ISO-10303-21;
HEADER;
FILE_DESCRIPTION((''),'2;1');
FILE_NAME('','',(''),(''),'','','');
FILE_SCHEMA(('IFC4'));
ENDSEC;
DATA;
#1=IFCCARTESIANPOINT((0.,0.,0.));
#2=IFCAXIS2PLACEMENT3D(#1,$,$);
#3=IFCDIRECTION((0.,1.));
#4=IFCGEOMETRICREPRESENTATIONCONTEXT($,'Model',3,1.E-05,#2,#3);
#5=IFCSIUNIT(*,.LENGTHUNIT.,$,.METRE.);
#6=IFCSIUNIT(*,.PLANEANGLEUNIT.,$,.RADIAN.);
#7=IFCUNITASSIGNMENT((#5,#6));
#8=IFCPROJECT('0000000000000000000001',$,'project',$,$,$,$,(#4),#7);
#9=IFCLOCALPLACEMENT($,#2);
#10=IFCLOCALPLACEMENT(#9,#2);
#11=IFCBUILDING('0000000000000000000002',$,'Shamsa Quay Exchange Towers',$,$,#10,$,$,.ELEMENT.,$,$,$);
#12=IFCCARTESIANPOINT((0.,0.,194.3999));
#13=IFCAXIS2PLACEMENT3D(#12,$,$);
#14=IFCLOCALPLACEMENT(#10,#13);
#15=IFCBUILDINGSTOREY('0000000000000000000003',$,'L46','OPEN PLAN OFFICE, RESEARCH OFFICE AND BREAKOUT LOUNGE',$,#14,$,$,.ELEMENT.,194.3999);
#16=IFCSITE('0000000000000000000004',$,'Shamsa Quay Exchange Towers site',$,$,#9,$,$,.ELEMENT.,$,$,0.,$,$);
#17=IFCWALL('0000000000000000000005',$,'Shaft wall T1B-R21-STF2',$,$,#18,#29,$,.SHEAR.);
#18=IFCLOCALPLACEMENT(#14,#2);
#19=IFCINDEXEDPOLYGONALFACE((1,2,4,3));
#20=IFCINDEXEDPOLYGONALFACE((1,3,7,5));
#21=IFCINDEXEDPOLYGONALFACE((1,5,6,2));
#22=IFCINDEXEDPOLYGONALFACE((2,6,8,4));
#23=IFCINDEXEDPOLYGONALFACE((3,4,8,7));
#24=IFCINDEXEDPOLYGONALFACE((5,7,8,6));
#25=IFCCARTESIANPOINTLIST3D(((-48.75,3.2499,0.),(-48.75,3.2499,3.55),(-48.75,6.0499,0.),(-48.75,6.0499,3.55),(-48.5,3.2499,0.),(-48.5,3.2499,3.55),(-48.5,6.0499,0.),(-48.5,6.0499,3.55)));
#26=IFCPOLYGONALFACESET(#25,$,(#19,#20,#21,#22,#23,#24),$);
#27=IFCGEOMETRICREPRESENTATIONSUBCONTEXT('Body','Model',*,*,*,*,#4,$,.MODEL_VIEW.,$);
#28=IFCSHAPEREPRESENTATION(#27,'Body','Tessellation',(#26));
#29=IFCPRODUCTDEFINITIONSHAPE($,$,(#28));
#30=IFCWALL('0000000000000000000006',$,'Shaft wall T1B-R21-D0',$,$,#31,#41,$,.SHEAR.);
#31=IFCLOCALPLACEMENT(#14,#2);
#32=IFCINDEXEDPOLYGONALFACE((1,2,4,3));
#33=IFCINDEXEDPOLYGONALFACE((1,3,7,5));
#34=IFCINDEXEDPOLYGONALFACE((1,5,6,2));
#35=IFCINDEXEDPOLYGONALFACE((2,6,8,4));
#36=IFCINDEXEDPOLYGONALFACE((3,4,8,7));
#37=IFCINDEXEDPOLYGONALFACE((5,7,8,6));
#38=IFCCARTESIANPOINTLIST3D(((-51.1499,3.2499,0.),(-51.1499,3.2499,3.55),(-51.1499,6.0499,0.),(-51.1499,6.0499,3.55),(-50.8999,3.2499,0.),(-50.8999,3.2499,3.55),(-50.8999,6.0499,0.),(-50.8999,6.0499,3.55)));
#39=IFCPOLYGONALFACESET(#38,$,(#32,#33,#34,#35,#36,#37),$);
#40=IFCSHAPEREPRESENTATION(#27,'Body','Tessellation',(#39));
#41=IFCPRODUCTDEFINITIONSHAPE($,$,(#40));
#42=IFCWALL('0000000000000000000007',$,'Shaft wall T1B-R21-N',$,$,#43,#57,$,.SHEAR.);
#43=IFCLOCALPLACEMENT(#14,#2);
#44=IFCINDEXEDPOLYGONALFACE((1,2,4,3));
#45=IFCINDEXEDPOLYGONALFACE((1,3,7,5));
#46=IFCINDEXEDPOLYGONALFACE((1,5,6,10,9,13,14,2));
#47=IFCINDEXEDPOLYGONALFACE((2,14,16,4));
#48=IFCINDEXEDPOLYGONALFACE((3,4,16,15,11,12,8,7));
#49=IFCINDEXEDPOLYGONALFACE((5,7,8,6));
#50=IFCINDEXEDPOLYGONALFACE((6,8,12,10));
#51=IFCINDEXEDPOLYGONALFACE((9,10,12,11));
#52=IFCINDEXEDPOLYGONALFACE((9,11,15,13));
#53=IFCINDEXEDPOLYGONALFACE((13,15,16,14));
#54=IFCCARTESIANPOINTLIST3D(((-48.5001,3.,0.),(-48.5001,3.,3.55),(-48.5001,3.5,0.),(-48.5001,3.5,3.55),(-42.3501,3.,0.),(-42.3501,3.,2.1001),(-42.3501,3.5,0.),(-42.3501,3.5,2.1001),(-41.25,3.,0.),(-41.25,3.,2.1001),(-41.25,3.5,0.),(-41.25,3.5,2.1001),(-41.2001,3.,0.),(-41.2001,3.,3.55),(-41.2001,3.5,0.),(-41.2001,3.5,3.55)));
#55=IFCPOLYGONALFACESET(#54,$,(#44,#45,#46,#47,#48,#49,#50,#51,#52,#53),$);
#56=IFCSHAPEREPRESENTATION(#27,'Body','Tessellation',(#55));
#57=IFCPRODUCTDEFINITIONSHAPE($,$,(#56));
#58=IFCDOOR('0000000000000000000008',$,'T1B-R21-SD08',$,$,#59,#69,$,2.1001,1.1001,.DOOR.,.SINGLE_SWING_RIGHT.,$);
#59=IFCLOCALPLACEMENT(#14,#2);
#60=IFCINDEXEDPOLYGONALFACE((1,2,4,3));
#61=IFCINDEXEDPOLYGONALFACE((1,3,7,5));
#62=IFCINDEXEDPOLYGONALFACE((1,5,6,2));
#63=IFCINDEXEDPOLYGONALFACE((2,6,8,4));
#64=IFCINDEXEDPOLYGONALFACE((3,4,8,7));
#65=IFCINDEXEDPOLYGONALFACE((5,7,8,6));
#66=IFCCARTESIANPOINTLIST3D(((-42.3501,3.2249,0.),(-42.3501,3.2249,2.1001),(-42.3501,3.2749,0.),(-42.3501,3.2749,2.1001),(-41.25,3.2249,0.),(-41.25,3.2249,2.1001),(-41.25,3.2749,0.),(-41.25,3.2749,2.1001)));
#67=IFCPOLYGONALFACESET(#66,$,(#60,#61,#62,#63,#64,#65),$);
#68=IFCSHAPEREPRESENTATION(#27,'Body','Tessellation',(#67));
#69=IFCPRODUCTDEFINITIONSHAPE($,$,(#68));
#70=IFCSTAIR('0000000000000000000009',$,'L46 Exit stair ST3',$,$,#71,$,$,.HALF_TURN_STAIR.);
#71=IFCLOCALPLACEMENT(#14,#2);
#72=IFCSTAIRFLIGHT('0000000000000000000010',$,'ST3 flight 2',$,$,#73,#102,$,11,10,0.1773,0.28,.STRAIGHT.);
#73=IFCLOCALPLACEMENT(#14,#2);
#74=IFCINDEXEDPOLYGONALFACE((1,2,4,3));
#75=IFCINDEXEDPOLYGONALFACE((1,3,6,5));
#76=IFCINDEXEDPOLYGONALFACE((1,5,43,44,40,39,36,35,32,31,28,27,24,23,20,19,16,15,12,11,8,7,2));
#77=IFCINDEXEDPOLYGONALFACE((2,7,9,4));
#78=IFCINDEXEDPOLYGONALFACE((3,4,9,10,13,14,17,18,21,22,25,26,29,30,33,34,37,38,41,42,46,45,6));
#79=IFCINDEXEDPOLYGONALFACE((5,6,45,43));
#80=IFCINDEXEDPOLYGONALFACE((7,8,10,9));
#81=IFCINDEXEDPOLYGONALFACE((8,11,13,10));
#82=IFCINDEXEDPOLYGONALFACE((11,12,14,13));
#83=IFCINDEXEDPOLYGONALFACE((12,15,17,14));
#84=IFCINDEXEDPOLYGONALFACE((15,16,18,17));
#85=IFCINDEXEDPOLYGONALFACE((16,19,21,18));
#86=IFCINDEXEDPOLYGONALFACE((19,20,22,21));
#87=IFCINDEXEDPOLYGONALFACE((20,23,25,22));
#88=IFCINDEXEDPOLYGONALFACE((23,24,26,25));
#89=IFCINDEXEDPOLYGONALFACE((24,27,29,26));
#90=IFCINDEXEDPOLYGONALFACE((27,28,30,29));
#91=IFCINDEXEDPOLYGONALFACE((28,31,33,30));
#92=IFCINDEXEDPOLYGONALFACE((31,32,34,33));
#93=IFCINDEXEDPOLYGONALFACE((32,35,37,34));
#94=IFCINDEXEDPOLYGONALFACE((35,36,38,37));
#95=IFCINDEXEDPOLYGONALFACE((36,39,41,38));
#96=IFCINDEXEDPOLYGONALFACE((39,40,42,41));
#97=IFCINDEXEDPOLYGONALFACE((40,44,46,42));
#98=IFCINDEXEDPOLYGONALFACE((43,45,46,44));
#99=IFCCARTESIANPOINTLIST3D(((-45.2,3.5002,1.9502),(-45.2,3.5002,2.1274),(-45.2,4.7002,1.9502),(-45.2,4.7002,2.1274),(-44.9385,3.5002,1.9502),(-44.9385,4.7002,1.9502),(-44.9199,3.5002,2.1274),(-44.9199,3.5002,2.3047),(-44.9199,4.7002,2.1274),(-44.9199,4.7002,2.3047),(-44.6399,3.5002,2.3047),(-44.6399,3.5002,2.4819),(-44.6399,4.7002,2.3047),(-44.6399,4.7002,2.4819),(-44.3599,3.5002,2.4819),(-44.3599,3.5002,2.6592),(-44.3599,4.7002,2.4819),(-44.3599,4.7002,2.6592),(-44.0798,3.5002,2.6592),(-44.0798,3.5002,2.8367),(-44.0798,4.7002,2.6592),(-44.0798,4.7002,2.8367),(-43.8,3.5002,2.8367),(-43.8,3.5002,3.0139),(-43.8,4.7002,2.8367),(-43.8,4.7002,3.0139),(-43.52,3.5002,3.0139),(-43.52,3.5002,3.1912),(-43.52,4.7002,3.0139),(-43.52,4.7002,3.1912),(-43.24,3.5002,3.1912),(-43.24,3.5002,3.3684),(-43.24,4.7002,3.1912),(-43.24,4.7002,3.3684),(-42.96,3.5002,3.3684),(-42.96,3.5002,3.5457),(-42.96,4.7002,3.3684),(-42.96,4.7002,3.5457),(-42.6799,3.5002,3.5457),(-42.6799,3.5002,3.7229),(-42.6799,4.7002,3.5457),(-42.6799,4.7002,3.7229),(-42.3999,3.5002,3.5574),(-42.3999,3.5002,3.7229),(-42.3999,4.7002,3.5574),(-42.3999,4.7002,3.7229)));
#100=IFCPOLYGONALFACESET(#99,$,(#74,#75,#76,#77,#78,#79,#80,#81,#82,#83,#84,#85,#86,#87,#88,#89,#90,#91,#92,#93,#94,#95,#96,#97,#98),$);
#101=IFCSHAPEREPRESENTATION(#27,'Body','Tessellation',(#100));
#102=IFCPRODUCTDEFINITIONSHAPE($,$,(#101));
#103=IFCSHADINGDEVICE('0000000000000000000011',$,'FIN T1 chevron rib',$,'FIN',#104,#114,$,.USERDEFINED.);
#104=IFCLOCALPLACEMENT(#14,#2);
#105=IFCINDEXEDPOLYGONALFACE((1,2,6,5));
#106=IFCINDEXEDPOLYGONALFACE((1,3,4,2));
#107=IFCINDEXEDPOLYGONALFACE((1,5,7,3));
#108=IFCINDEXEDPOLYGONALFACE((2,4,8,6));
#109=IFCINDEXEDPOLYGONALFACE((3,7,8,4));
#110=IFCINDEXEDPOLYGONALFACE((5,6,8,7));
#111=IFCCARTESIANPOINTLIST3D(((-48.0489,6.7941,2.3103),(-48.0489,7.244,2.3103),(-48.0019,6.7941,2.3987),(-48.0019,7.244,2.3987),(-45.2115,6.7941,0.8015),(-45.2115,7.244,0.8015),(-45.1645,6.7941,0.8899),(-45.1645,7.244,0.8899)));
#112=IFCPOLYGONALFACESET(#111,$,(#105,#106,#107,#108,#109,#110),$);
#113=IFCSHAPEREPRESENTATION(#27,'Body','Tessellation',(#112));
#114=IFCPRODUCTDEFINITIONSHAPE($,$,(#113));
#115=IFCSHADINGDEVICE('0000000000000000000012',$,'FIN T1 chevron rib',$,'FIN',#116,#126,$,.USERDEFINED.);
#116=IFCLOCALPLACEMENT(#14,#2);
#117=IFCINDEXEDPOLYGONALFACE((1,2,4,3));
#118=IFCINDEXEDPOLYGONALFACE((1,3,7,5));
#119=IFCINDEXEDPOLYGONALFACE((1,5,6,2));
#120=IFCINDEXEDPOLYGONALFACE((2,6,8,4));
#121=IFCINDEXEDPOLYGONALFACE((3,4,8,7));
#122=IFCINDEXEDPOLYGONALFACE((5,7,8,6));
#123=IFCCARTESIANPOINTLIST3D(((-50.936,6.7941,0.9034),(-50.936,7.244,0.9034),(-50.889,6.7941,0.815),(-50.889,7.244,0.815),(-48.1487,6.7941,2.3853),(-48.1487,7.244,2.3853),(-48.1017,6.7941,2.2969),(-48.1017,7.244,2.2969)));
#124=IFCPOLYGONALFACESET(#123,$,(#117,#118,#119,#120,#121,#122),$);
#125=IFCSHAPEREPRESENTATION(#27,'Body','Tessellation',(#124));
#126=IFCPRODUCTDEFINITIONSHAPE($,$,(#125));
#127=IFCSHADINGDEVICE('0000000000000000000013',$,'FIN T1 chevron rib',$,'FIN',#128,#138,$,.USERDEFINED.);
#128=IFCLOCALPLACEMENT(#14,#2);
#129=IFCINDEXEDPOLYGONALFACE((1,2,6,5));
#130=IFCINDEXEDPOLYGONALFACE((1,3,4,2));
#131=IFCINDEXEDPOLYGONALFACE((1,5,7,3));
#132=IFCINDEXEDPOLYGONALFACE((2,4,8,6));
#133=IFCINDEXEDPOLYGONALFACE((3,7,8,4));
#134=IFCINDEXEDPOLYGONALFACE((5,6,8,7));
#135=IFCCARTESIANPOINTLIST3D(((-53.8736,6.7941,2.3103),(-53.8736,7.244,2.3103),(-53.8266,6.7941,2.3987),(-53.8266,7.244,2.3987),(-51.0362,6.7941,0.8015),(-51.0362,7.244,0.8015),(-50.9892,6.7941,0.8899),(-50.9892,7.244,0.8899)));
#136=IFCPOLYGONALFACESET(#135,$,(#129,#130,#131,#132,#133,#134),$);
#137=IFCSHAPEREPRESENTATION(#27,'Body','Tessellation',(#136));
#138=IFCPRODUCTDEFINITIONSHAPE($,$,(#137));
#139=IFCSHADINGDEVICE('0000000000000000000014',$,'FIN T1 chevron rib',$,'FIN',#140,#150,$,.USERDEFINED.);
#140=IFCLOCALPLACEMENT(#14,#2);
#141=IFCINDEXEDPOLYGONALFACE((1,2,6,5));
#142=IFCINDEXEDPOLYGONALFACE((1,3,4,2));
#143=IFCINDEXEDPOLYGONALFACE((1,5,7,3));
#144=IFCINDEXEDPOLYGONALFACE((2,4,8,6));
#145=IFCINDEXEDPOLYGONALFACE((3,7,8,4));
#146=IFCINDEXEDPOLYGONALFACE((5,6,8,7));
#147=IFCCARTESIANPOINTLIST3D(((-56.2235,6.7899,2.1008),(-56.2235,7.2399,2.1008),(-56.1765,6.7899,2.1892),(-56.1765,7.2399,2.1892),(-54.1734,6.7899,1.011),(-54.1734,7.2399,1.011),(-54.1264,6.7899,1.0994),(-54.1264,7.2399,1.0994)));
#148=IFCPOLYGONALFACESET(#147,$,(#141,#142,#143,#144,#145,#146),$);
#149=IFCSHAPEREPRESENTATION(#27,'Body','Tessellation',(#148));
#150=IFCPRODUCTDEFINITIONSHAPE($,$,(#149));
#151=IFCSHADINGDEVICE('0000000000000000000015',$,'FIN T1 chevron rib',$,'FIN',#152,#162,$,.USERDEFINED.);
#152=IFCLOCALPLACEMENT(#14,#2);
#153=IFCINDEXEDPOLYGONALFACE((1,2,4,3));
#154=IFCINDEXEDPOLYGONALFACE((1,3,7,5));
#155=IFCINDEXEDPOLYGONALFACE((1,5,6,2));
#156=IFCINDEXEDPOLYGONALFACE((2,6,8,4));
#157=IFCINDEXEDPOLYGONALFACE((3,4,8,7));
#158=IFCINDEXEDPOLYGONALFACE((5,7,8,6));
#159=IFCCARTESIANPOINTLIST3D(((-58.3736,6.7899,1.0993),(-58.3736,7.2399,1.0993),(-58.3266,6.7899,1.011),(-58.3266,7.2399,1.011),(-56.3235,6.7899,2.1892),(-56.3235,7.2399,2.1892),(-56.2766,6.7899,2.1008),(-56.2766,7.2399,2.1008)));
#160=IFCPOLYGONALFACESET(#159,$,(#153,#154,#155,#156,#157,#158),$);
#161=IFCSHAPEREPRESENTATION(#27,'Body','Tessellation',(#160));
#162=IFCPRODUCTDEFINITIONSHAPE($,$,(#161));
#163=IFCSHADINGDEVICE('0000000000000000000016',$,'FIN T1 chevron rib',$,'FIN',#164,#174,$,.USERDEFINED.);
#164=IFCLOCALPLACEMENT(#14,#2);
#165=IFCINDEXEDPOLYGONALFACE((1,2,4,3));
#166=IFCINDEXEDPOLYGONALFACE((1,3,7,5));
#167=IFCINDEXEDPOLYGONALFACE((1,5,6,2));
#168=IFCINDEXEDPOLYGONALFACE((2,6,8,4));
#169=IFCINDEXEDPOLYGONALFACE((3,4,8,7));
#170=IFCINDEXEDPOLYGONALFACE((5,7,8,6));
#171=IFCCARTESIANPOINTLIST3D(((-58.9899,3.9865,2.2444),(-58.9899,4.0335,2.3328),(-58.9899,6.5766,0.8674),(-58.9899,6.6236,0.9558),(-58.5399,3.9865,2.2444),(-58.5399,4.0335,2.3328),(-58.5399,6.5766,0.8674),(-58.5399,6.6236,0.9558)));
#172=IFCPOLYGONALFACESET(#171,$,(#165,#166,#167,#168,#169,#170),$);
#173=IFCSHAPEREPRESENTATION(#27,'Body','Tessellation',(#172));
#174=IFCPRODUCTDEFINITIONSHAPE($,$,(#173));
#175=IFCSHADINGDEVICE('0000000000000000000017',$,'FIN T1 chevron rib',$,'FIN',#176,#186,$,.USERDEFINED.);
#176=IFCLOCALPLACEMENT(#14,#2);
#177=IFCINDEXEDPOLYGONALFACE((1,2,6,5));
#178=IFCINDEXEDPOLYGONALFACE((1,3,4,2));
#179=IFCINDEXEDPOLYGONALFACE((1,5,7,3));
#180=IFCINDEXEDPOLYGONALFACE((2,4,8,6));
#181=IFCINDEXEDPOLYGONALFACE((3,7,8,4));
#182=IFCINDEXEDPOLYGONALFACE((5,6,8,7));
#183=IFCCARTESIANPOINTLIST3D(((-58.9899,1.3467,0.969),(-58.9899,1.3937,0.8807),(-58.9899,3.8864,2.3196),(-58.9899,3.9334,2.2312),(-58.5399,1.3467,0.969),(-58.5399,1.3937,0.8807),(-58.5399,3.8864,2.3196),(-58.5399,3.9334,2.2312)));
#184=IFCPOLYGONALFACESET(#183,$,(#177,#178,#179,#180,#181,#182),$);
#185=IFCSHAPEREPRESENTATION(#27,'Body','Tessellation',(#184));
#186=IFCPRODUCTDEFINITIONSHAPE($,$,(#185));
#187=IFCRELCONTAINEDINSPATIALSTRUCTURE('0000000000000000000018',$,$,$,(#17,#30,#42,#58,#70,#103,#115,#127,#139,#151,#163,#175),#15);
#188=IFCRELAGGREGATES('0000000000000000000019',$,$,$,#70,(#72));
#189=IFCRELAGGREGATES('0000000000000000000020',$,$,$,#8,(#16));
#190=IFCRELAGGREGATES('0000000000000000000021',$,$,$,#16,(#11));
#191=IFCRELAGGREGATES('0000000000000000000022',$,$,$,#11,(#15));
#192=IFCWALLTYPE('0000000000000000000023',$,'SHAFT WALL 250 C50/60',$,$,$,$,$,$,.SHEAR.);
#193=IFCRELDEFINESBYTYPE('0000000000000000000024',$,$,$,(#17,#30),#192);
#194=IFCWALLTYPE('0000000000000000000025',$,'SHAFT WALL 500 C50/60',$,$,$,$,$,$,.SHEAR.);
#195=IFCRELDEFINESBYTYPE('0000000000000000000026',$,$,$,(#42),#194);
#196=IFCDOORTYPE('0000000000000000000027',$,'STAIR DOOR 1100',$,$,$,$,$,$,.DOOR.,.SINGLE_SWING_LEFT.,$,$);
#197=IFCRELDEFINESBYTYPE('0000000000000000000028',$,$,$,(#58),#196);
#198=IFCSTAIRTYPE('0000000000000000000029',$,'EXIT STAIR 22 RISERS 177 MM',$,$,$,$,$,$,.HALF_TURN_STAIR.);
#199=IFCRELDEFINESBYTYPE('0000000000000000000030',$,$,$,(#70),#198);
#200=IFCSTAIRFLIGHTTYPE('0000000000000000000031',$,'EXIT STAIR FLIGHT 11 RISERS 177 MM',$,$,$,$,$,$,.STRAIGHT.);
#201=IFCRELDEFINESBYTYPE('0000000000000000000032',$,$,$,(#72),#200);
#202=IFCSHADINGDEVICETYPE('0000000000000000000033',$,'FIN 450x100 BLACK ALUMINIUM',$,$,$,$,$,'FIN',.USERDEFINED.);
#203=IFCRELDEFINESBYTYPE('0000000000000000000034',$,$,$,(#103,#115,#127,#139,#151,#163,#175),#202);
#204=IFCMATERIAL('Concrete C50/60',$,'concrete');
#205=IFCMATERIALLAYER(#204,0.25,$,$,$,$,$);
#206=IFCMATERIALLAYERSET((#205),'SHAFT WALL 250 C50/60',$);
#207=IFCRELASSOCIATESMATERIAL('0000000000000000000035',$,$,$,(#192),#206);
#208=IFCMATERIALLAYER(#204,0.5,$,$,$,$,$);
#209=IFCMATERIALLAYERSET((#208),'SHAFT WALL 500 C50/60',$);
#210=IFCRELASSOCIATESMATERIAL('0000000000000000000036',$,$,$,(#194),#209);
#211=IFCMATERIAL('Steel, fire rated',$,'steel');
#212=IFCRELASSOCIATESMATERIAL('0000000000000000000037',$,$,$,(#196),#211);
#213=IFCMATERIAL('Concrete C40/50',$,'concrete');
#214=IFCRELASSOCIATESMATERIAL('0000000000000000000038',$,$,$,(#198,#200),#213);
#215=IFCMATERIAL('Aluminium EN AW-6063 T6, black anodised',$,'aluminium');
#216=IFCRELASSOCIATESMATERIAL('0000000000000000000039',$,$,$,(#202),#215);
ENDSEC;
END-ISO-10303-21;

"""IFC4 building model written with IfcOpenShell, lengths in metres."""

from ifc_helpers import new_model, si_unit, direction, frame, frame_2d, origin, origin_2d, place, context, subcontext, project, spatial, polyline, rectangle, outline, extrude, material, layer, layer_set, material_profile, profile_set, type_object, element, fill, aggregate, save


model = new_model("IFC4")

# Units and contexts
model_context = context("Model", 3, precision=1e-05, world=origin(), true_north=direction((0.0, 1.0)))
body_context = subcontext(model_context, "Body", "Model", "MODEL_VIEW")
ifc_project = project(units=[si_unit("LENGTHUNIT", "METRE"), si_unit("PLANEANGLEUNIT", "RADIAN")], contexts=[model_context])

# Site, building, storey
site_placement = place(None, origin())
site = spatial("IfcSite", under=ifc_project, at=site_placement, Name="Shamsa Quay Exchange Towers site", CompositionType="ELEMENT", RefElevation=0.0)
building_placement = place(site_placement, origin())
building = spatial("IfcBuilding", under=site, at=building_placement, Name="Shamsa Quay Exchange Towers", CompositionType="ELEMENT")
storey_placement = place(building_placement, frame((0.0, 0.0, 194.3999)))
storey = spatial("IfcBuildingStorey", under=building, at=storey_placement, Name="L46", Description="OPEN PLAN OFFICE, RESEARCH OFFICE AND BREAKOUT LOUNGE", CompositionType="ELEMENT", Elevation=194.3999)

# Shared definitions
ifc_material_1 = material(Name="Aluminium EN AW-6063 T6, black anodised", Category="aluminium")

# Shared definitions
ifc_material_2 = material(Name="Concrete C50/60", Category="concrete")
ifc_layer_1 = layer(ifc_material_2, 0.25)
ifc_layer_set_1 = layer_set([ifc_layer_1], Name="SHAFT WALL 250 C50/60")
wall_type_1 = type_object("IfcWallType", Name="SHAFT WALL 250 C50/60", PredefinedType="SHEAR", material=ifc_layer_set_1)
ifc_material_3 = material(Name="Steel, fire rated", Category="steel")

# Walls
for number, where, z_axis, x_axis, name in (
    (1, (-48.625, 3.25, 0.0), (0.0, 0.0, 1.0), (0.0, 1.0, 0.0), "Shaft wall T1B-R21-STF2"),
    (2, (-51.0249, 3.25, 0.0), (0.0, 0.0, 1.0), (0.0, 1.0, 0.0), "Shaft wall T1B-R21-D0"),
):
    element("IfcWall", number, at=place(storey_placement, frame(where, z_axis=z_axis, x_axis=x_axis)), inside=storey, type_object=wall_type_1, Name=name, PredefinedType="SHEAR", context=body_context, shape_type="SweptSolid", body=[
        extrude(rectangle(XDim=2.8, YDim=0.25, at=frame_2d((1.3999, 0.0))), origin(), (0.0, 0.0, 1.0), 3.55),
    ])

# Wall, opening, door
ifc_layer_2 = layer(ifc_material_2, 0.5)
ifc_layer_set_2 = layer_set([ifc_layer_2], Name="SHAFT WALL 500 C50/60")
wall_type_2 = type_object("IfcWallType", Name="SHAFT WALL 500 C50/60", PredefinedType="SHEAR", material=ifc_layer_set_2)
wall_1_placement = place(storey_placement, frame((-48.5, 3.25, 0.0)))
wall_1 = element("IfcWall", 3, at=wall_1_placement, inside=storey, type_object=wall_type_2, Name="Shaft wall T1B-R21-N", PredefinedType="SHEAR", context=body_context, shape_type="SweptSolid", body=[
    extrude(rectangle(XDim=7.3, YDim=0.5, at=frame_2d((3.6499, 0.0))), origin(), (0.0, 0.0, 1.0), 3.55),
])
opening_1_placement = place(wall_1_placement, frame((6.1499, 0.0, 0.0)))
opening_1 = element("IfcOpeningElement", 4, at=opening_1_placement, cuts=wall_1, PredefinedType="OPENING", context=body_context, shape_type="SweptSolid", body=[
    extrude(rectangle(XDim=1.1001, YDim=2.1001, at=frame_2d((0.55, 1.05))), frame((0.0, 0.26, 0.0), z_axis=(0.0, -1.0, 0.0), x_axis=(1.0, 0.0, 0.0)), (0.0, 0.0, 1.0), 0.52),
])
door_type_1 = type_object("IfcDoorType", Name="STAIR DOOR 1100", OperationType="SINGLE_SWING_LEFT", PredefinedType="DOOR", material=ifc_material_3)
door_1_placement = place(opening_1_placement, origin())
door_1 = element("IfcDoor", 5, at=door_1_placement, inside=storey, type_object=door_type_1, Name="T1B-R21-SD08", OperationType="SINGLE_SWING_RIGHT", OverallHeight=2.1001, OverallWidth=1.1001, PredefinedType="DOOR", context=body_context, shape_type="SweptSolid", body=[
    extrude(rectangle(XDim=1.1001, YDim=2.1001, at=frame_2d((0.55, 1.05))), frame((0.0, 0.0249, 0.0), z_axis=(0.0, -1.0, 0.0), x_axis=(1.0, 0.0, 0.0)), (0.0, 0.0, 1.0), 0.05),
])
fill(opening_1, door_1)

# Stair, stair flight
ifc_material_4 = material(Name="Concrete C40/50", Category="concrete")
stair_type = type_object("IfcStairType", Name="EXIT STAIR 22 RISERS 177 MM", PredefinedType="HALF_TURN_STAIR", material=ifc_material_4)
stair_placement = place(storey_placement, origin())
stair = element("IfcStair", 6, at=stair_placement, inside=storey, type_object=stair_type, Name="L46 Exit stair ST3", PredefinedType="HALF_TURN_STAIR")
stair_flight_type = type_object("IfcStairFlightType", Name="EXIT STAIR FLIGHT 11 RISERS 177 MM", PredefinedType="STRAIGHT", material=ifc_material_4)
stair_flight_placement = place(storey_placement, frame((-45.2, 4.1001, 1.9502)))
stair_flight = element("IfcStairFlight", 7, at=stair_flight_placement, type_object=stair_flight_type, Name="ST3 flight 2", NumberOfRisers=11, NumberOfTreads=10, PredefinedType="STRAIGHT", RiserHeight=0.1773, TreadLength=0.28, context=body_context, shape_type="SweptSolid", body=[
    extrude(outline(polyline([(0.0, 0.0), (0.0, 0.1772), (0.28, 0.1772), (0.28, 0.3545), (0.5601, 0.3545), (0.5601, 0.5317), (0.8401, 0.5317), (0.8401, 0.709), (1.1201, 0.709), (1.1201, 0.8865), (1.3999, 0.8865), (1.3999, 1.0637), (1.6799, 1.0637), (1.6799, 1.241), (1.96, 1.241), (1.96, 1.4182), (2.24, 1.4182), (2.24, 1.5955), (2.52, 1.5955), (2.52, 1.7727), (2.8, 1.7727), (2.8, 1.95), (2.8, 1.6072), (0.2615, 0.0), (0.0, 0.0)])), frame((0.0, 0.6001, 0.0), z_axis=(0.0, -1.0, 0.0), x_axis=(1.0, 0.0, 0.0)), (0.0, 0.0, 1.0), 1.2),
])
aggregate(stair, [stair_flight])

# Shading devices
ifc_material_profile_1 = material_profile(ifc_material_1, rectangle(XDim=0.45, YDim=0.1001, at=origin_2d()), Name="FIN450x100")
ifc_profile_set_1 = profile_set([ifc_material_profile_1], Name="Aluminium EN AW-6063 T6, black anodised")
shading_device_type = type_object("IfcShadingDeviceType", Name="FIN 450x100 BLACK ALUMINIUM", ElementType="FIN", PredefinedType="USERDEFINED", material=ifc_profile_set_1)
shading_device_1_placement = place(storey_placement, frame((-45.188, 7.019, 0.8457), z_axis=(-0.882933, 0.0, 0.4695), x_axis=(0.0, -1.0, 0.0)))
element("IfcShadingDevice", 8, at=shading_device_1_placement, inside=storey, type_object=shading_device_type, Name="FIN T1 chevron rib", ObjectType="FIN", PredefinedType="USERDEFINED", context=body_context, shape_type="SweptSolid", body=[
    extrude(rectangle(XDim=0.45, YDim=0.1001, at=origin_2d()), origin(), (0.0, 0.0, 1.0), 3.2136),
])
shading_device_2_placement = place(storey_placement, frame((-48.1252, 7.019, 2.3411), z_axis=(-0.882964, 0.0, -0.46944), x_axis=(0.0, -1.0, 0.0)))
element("IfcShadingDevice", 9, at=shading_device_2_placement, inside=storey, type_object=shading_device_type, Name="FIN T1 chevron rib", ObjectType="FIN", PredefinedType="USERDEFINED", context=body_context, shape_type="SweptSolid", body=[
    extrude(rectangle(XDim=0.45, YDim=0.1001, at=origin_2d()), origin(), (0.0, 0.0, 1.0), 3.1567),
])
shading_device_3_placement = place(storey_placement, frame((-51.0127, 7.019, 0.8457), z_axis=(-0.882933, 0.0, 0.4695), x_axis=(0.0, -1.0, 0.0)))
element("IfcShadingDevice", 10, at=shading_device_3_placement, inside=storey, type_object=shading_device_type, Name="FIN T1 chevron rib", ObjectType="FIN", PredefinedType="USERDEFINED", context=body_context, shape_type="SweptSolid", body=[
    extrude(rectangle(XDim=0.45, YDim=0.1001, at=origin_2d()), origin(), (0.0, 0.0, 1.0), 3.2136),
])
for number, where, z_axis, x_axis, name in (
    (11, (-54.1499, 7.0149, 1.0552), (-0.882981, 0.0, 0.469409), (0.0, -1.0, 0.0), "FIN T1 chevron rib"),
    (12, (-56.3, 7.0149, 2.145), (-0.882981, 0.0, -0.469409), (0.0, -1.0, 0.0), "FIN T1 chevron rib"),
):
    element("IfcShadingDevice", number, at=place(storey_placement, frame(where, z_axis=z_axis, x_axis=x_axis)), inside=storey, type_object=shading_device_type, Name=name, ObjectType="FIN", PredefinedType="USERDEFINED", context=body_context, shape_type="SweptSolid", body=[
        extrude(rectangle(XDim=0.45, YDim=0.1001, at=origin_2d()), origin(), (0.0, 0.0, 1.0), 2.3218),
    ])
shading_device_4_placement = place(storey_placement, frame((-58.7649, 6.6001, 0.9116), z_axis=(0.0, -0.882979, 0.469413), x_axis=(1.0, 0.0, 0.0)))
element("IfcShadingDevice", 13, at=shading_device_4_placement, inside=storey, type_object=shading_device_type, Name="FIN T1 chevron rib", ObjectType="FIN", PredefinedType="USERDEFINED", context=body_context, shape_type="SweptSolid", body=[
    extrude(rectangle(XDim=0.45, YDim=0.1001, at=origin_2d()), origin(), (0.0, 0.0, 1.0), 2.9333),
])
shading_device_5_placement = place(storey_placement, frame((-58.7649, 3.9099, 2.2754), z_axis=(0.0, -0.882926, -0.469513), x_axis=(1.0, 0.0, 0.0)))
element("IfcShadingDevice", 14, at=shading_device_5_placement, inside=storey, type_object=shading_device_type, Name="FIN T1 chevron rib", ObjectType="FIN", PredefinedType="USERDEFINED", context=body_context, shape_type="SweptSolid", body=[
    extrude(rectangle(XDim=0.45, YDim=0.1001, at=origin_2d()), origin(), (0.0, 0.0, 1.0), 2.8765),
])

save(model, "model.ifc")
